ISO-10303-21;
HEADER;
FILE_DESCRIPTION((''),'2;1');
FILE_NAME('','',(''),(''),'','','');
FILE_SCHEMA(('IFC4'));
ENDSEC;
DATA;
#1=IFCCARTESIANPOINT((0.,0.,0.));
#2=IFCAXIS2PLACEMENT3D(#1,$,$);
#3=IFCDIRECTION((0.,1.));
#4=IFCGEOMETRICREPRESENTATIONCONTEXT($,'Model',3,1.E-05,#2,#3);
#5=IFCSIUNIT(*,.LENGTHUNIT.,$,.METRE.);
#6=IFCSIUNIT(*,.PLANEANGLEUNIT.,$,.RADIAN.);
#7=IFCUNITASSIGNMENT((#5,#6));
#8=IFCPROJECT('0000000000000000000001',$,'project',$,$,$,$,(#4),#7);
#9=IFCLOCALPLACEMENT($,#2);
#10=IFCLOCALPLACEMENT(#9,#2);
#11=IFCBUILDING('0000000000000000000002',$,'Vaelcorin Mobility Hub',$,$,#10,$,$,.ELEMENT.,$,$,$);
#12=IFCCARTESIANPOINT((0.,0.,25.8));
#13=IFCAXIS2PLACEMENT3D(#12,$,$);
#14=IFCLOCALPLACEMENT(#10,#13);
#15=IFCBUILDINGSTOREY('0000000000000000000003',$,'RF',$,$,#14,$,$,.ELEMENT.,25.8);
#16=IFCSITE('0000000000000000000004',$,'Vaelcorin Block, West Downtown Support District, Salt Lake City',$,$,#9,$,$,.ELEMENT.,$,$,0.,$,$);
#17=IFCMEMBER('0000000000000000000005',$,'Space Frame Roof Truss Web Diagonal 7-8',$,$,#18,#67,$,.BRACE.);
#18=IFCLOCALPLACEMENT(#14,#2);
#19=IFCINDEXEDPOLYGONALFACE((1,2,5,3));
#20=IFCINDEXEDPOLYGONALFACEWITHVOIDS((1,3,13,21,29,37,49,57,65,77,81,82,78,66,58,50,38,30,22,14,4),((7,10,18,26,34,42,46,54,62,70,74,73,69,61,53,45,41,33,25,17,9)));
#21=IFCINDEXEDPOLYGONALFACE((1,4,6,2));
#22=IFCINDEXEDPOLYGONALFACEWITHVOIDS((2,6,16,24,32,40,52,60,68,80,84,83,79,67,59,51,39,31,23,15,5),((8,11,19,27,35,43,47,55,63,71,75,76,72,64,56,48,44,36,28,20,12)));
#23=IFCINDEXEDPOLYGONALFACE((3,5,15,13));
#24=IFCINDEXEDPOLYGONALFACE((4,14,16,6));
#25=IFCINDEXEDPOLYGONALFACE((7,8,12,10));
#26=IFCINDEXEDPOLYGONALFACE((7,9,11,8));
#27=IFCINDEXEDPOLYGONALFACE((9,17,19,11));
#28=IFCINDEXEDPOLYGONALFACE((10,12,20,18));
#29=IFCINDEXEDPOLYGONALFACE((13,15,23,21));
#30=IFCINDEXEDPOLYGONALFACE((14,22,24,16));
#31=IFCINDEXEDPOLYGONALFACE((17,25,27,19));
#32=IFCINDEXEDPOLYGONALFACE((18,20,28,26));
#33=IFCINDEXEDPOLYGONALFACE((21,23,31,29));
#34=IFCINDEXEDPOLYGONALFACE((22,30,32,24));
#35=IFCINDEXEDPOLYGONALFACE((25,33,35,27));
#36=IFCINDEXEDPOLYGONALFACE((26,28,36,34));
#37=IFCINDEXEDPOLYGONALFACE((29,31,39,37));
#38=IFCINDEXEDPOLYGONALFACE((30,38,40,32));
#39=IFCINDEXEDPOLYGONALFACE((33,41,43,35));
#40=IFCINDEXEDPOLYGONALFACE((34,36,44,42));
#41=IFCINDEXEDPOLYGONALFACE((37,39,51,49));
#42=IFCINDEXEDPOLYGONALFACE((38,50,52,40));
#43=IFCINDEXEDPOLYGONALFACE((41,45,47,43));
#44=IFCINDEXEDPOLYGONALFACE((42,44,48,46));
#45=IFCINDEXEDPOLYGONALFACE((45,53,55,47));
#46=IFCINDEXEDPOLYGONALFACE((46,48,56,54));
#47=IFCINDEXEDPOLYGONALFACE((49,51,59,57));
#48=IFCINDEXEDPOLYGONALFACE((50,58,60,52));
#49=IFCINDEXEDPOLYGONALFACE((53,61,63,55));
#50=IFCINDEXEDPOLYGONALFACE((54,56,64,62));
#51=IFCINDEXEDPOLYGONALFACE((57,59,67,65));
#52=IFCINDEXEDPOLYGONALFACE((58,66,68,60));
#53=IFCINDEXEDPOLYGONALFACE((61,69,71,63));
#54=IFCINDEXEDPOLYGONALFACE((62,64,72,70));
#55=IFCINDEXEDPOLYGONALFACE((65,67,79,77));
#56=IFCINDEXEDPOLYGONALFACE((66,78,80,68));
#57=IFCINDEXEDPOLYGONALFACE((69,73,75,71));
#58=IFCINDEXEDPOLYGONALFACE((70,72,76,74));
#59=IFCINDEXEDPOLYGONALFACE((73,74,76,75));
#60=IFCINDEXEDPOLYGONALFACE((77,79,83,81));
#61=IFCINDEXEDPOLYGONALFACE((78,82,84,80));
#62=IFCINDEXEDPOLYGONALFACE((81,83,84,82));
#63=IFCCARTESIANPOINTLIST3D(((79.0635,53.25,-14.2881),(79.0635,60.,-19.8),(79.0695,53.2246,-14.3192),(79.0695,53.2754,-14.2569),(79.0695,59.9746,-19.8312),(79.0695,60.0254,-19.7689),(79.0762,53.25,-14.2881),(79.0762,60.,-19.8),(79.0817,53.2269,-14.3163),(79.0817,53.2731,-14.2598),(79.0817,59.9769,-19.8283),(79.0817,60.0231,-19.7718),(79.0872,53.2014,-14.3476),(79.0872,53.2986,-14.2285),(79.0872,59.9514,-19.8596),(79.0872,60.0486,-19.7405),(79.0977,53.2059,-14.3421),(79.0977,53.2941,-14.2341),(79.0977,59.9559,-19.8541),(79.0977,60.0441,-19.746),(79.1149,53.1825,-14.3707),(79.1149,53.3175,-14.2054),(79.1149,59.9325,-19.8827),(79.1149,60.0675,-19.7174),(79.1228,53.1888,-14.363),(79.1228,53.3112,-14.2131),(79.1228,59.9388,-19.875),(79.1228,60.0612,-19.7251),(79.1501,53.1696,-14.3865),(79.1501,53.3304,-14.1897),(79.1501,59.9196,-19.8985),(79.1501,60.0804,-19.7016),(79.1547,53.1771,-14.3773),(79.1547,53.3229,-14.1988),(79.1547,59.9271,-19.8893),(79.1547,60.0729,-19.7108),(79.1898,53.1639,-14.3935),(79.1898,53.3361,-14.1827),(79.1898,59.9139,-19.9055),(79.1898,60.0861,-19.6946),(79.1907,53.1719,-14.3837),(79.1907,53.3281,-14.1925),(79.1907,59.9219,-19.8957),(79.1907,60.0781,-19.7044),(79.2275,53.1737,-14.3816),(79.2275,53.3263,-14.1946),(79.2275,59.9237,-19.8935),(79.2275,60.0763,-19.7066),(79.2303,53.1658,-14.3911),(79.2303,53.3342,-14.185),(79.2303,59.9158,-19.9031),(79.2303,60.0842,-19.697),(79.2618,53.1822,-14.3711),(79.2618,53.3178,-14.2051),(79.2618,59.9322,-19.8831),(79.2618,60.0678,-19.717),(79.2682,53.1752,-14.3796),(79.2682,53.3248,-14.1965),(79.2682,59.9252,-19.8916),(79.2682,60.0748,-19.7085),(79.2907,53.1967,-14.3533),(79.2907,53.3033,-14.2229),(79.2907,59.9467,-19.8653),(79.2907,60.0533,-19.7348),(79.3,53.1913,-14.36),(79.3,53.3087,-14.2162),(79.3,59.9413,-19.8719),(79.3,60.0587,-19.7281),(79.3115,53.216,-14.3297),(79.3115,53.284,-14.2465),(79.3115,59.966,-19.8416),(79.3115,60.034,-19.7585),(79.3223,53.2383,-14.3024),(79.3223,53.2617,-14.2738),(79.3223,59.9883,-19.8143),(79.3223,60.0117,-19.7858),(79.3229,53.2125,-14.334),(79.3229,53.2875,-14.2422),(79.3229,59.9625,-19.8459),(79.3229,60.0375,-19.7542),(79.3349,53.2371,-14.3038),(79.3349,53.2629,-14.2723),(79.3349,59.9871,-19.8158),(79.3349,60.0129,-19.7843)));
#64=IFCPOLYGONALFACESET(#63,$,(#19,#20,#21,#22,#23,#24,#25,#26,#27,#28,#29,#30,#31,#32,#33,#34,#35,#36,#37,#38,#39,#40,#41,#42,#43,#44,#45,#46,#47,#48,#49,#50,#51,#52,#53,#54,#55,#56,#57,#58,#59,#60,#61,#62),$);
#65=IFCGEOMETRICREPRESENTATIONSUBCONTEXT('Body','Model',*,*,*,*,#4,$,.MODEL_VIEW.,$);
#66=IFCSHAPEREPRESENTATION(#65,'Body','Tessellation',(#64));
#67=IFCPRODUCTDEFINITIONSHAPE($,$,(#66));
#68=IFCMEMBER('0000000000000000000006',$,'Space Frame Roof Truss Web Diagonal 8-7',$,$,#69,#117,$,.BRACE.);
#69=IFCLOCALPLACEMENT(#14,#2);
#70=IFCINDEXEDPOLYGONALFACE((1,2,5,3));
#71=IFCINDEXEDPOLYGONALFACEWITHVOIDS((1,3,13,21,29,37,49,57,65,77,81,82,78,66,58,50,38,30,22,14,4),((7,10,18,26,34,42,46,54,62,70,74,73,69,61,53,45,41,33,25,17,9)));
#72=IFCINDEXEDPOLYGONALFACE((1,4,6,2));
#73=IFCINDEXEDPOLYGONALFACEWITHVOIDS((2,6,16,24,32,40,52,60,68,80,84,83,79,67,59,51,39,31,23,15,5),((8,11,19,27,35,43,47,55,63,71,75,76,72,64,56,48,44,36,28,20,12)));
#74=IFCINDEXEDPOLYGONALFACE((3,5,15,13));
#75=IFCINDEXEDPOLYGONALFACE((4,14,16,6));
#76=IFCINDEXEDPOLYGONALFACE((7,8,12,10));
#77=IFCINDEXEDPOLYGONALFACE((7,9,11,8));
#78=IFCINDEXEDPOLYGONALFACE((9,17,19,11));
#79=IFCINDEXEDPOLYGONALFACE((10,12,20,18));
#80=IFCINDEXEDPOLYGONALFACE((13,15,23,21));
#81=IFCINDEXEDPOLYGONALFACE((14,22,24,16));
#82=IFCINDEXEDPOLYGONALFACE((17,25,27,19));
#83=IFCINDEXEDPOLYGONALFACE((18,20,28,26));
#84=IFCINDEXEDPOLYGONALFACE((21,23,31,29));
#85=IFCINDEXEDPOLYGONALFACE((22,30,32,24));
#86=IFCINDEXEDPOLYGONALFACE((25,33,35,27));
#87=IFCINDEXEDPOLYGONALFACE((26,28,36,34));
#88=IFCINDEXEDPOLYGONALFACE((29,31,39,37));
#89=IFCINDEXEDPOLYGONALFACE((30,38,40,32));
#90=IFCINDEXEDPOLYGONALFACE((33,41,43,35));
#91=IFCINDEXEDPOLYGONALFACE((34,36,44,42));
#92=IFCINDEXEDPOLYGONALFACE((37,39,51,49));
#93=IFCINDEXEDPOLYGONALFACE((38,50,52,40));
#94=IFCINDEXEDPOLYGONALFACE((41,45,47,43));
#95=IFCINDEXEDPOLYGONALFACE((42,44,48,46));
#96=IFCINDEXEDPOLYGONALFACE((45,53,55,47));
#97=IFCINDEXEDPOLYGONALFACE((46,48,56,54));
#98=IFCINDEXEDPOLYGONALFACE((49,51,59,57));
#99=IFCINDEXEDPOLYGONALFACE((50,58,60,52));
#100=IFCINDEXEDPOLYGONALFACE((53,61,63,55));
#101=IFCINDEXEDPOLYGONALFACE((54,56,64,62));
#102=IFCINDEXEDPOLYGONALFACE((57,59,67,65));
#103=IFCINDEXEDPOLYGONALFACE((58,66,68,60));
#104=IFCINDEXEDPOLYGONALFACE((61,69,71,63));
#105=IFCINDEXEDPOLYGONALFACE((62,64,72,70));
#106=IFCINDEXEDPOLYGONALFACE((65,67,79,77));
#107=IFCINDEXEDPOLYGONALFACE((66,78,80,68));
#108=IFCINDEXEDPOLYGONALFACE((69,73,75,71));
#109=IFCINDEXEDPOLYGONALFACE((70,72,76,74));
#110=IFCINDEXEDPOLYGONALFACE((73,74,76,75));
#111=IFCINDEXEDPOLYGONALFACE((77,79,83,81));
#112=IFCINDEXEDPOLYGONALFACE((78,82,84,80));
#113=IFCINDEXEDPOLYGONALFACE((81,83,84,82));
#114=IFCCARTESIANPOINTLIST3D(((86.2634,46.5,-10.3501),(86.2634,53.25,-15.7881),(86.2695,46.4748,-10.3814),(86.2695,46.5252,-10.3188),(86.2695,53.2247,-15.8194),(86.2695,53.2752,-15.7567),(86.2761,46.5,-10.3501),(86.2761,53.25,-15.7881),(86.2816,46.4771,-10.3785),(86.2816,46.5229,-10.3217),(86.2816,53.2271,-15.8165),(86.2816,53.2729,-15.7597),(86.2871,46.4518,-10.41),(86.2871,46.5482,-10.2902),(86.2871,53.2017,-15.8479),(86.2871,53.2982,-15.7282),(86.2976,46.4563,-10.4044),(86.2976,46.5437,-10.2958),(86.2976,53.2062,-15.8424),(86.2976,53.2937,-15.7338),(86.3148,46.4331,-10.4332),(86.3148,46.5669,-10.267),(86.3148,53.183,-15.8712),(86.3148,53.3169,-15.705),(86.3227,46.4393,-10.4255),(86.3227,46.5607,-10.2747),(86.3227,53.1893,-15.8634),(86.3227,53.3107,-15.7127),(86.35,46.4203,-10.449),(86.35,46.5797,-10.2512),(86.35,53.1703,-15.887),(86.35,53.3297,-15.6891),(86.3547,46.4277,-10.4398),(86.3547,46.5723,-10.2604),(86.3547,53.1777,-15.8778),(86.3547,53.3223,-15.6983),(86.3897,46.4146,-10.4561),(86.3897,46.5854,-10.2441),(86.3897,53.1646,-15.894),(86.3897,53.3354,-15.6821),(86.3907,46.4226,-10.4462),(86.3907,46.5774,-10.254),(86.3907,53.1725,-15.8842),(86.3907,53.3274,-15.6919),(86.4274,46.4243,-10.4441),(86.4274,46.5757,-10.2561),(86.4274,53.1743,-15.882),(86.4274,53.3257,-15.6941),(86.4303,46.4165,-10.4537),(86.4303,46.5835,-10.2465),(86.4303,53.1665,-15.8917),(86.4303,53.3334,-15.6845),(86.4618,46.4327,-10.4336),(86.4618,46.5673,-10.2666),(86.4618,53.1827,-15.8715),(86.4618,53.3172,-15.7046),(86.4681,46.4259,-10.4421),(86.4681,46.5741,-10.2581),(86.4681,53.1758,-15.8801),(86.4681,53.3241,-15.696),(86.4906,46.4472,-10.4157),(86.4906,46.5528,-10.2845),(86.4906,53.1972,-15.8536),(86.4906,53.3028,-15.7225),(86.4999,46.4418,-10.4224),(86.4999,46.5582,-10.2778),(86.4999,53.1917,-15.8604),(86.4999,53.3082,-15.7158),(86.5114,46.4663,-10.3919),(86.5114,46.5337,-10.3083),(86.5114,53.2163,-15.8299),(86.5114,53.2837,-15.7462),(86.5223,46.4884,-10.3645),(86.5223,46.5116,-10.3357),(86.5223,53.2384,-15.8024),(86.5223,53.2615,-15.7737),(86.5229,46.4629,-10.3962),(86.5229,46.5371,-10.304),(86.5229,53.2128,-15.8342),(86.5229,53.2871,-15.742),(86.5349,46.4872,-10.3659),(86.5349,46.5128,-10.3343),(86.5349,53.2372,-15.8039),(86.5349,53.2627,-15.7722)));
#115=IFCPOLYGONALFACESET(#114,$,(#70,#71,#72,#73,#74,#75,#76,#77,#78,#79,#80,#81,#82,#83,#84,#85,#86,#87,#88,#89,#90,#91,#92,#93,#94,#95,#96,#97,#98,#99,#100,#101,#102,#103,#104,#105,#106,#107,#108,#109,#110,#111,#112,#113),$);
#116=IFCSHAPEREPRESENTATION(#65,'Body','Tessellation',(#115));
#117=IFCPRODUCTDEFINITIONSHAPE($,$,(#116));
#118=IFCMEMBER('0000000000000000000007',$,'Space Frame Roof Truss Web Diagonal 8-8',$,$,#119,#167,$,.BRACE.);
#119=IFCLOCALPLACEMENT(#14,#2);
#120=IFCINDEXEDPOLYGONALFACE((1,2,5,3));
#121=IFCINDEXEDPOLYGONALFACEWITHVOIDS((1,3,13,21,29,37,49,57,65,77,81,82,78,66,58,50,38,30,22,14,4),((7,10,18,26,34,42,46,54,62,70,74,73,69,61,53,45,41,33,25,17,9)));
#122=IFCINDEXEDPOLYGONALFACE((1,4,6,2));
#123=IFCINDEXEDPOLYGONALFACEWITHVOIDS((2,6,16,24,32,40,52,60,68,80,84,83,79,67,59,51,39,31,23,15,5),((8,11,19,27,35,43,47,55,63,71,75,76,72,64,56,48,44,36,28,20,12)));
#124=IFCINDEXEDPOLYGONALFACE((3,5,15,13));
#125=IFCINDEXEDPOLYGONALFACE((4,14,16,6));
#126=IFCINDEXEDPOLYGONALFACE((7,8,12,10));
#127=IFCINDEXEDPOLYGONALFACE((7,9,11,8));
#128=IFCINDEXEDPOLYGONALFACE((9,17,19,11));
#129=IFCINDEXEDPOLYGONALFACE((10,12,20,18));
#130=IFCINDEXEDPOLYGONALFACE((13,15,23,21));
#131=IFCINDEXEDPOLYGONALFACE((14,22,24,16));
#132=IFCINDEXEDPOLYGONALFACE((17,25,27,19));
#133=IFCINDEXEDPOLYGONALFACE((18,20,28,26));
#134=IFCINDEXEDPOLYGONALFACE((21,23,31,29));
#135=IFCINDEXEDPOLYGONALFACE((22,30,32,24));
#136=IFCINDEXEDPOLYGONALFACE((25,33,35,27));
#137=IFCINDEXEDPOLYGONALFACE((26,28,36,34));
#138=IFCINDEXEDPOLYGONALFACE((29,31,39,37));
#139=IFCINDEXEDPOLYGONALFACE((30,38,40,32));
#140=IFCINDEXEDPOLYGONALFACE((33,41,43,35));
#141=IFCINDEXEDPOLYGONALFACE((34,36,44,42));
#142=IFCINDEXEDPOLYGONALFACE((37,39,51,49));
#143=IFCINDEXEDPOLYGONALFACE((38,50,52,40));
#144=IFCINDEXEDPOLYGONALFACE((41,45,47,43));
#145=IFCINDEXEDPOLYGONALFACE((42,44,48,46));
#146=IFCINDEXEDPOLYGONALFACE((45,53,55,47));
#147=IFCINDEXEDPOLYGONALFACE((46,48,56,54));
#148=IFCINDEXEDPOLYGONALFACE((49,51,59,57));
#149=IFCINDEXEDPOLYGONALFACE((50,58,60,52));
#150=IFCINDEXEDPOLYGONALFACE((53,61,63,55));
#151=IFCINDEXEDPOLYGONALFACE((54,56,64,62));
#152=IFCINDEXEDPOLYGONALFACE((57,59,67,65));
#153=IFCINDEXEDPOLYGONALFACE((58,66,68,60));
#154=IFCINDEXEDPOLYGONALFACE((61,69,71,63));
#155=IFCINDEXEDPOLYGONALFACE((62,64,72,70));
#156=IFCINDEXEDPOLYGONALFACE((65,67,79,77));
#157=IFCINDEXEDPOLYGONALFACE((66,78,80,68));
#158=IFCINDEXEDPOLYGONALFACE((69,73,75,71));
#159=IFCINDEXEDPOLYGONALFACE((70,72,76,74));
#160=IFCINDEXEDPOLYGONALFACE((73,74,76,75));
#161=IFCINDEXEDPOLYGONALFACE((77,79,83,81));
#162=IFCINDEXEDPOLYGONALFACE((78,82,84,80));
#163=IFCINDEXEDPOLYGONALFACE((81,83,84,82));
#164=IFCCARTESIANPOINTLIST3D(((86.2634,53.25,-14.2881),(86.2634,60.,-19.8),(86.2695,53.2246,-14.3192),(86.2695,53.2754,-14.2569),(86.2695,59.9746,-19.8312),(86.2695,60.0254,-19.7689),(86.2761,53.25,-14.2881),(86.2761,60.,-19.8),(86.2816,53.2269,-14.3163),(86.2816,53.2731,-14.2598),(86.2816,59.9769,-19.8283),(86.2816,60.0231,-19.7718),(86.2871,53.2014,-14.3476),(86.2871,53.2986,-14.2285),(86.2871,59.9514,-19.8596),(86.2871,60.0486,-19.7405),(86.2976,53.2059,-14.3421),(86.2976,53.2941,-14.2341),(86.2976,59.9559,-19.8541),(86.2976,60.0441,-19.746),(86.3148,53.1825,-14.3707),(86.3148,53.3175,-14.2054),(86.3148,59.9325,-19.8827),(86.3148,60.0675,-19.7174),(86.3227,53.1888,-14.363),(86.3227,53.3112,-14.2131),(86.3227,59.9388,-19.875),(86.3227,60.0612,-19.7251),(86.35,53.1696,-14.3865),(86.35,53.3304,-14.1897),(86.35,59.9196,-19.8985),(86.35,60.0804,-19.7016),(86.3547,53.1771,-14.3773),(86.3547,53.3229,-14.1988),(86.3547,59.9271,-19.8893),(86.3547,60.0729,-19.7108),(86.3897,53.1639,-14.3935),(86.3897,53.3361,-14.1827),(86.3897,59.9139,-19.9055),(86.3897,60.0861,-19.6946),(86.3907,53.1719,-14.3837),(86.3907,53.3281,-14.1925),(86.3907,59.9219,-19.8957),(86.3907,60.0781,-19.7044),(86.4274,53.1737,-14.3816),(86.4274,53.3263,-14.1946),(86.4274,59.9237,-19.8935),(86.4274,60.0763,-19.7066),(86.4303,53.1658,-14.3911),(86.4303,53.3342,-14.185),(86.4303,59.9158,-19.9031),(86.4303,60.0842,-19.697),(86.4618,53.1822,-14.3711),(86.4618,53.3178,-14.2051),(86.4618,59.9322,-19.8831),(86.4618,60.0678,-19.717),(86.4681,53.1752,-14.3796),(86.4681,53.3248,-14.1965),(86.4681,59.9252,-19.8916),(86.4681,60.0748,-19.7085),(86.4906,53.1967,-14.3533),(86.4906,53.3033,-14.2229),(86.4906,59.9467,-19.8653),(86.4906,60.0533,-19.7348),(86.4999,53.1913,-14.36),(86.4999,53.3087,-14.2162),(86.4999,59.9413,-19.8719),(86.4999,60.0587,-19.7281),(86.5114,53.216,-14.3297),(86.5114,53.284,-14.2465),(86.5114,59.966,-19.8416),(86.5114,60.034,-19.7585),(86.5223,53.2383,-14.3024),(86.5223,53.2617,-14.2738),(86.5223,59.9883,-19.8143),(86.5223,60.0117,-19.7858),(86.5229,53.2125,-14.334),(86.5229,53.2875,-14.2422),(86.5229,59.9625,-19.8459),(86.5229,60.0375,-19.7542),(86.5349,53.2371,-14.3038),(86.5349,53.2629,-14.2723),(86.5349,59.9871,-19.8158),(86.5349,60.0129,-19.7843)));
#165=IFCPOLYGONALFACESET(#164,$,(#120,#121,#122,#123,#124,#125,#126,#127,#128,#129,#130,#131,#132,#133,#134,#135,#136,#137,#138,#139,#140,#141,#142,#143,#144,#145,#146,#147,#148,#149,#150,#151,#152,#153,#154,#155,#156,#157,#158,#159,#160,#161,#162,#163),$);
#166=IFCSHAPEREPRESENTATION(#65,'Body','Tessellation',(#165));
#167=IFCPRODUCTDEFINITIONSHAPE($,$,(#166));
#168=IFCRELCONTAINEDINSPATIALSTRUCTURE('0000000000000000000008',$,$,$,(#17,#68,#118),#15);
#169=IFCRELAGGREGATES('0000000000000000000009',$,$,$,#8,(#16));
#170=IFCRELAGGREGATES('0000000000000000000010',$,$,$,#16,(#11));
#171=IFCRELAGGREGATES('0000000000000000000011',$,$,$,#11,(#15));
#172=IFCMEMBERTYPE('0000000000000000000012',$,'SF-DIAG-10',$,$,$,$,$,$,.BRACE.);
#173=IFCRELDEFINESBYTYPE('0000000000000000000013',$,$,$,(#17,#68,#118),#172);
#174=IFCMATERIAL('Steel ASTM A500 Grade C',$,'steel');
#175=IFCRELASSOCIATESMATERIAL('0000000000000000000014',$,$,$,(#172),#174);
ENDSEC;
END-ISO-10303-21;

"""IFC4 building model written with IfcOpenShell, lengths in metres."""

from ifc_helpers import new_model, si_unit, direction, frame, origin, origin_2d, place, context, subcontext, project, spatial, hollow_circle, extrude, material, material_profile, profile_set, type_object, element, save


model = new_model("IFC4")

# Units and contexts
model_context = context("Model", 3, precision=1e-05, world=origin(), true_north=direction((0.0, 1.0)))
body_context = subcontext(model_context, "Body", "Model", "MODEL_VIEW")
ifc_project = project(units=[si_unit("LENGTHUNIT", "METRE"), si_unit("PLANEANGLEUNIT", "RADIAN")], contexts=[model_context])

# Site, building, storey
site_placement = place(None, origin())
site = spatial("IfcSite", under=ifc_project, at=site_placement, Name="Vaelcorin Block, West Downtown Support District, Salt Lake City", CompositionType="ELEMENT", RefElevation=0.0)
building_placement = place(site_placement, origin())
building = spatial("IfcBuilding", under=site, at=building_placement, Name="Vaelcorin Mobility Hub", CompositionType="ELEMENT")
storey_placement = place(building_placement, frame((0.0, 0.0, 25.8)))
storey = spatial("IfcBuildingStorey", under=building, at=storey_placement, Name="RF", CompositionType="ELEMENT", Elevation=25.8)

# Members
ifc_material_1 = material(Name="Steel ASTM A500 Grade C", Category="steel")
ifc_material_profile_1 = material_profile(ifc_material_1, hollow_circle(Radius=0.1365, WallThickness=0.0127, at=origin_2d()), Name="HSS10.750X0.500")
ifc_profile_set_1 = profile_set([ifc_material_profile_1], Name="Steel ASTM A500 Grade C")
member_type_1 = type_object("IfcMemberType", Name="SF-DIAG-10", PredefinedType="BRACE", material=ifc_profile_set_1)
member_1_placement = place(storey_placement, frame((79.2, 53.25, -14.2881), z_axis=(0.0, 0.774562, -0.632498), x_axis=(-1.0, 0.0, 0.0)))
element("IfcMember", 1, at=member_1_placement, inside=storey, type_object=member_type_1, Name="Space Frame Roof Truss Web Diagonal 7-8", PredefinedType="BRACE", context=body_context, shape_type="SweptSolid", body=[
    extrude(hollow_circle(Radius=0.1365, WallThickness=0.0127, at=origin_2d()), origin(), (0.0, 0.0, 1.0), 8.7146),
])
member_2_placement = place(storey_placement, frame((86.3999, 46.5, -10.3501), z_axis=(0.0, 0.778726, -0.627364), x_axis=(-1.0, 0.0, 0.0)))
element("IfcMember", 2, at=member_2_placement, inside=storey, type_object=member_type_1, Name="Space Frame Roof Truss Web Diagonal 8-7", PredefinedType="BRACE", context=body_context, shape_type="SweptSolid", body=[
    extrude(hollow_circle(Radius=0.1365, WallThickness=0.0127, at=origin_2d()), origin(), (0.0, 0.0, 1.0), 8.668),
])
member_3_placement = place(storey_placement, frame((86.3999, 53.25, -14.2881), z_axis=(0.0, 0.774562, -0.632498), x_axis=(-1.0, 0.0, 0.0)))
element("IfcMember", 3, at=member_3_placement, inside=storey, type_object=member_type_1, Name="Space Frame Roof Truss Web Diagonal 8-8", PredefinedType="BRACE", context=body_context, shape_type="SweptSolid", body=[
    extrude(hollow_circle(Radius=0.1365, WallThickness=0.0127, at=origin_2d()), origin(), (0.0, 0.0, 1.0), 8.7146),
])

save(model, "model.ifc")
